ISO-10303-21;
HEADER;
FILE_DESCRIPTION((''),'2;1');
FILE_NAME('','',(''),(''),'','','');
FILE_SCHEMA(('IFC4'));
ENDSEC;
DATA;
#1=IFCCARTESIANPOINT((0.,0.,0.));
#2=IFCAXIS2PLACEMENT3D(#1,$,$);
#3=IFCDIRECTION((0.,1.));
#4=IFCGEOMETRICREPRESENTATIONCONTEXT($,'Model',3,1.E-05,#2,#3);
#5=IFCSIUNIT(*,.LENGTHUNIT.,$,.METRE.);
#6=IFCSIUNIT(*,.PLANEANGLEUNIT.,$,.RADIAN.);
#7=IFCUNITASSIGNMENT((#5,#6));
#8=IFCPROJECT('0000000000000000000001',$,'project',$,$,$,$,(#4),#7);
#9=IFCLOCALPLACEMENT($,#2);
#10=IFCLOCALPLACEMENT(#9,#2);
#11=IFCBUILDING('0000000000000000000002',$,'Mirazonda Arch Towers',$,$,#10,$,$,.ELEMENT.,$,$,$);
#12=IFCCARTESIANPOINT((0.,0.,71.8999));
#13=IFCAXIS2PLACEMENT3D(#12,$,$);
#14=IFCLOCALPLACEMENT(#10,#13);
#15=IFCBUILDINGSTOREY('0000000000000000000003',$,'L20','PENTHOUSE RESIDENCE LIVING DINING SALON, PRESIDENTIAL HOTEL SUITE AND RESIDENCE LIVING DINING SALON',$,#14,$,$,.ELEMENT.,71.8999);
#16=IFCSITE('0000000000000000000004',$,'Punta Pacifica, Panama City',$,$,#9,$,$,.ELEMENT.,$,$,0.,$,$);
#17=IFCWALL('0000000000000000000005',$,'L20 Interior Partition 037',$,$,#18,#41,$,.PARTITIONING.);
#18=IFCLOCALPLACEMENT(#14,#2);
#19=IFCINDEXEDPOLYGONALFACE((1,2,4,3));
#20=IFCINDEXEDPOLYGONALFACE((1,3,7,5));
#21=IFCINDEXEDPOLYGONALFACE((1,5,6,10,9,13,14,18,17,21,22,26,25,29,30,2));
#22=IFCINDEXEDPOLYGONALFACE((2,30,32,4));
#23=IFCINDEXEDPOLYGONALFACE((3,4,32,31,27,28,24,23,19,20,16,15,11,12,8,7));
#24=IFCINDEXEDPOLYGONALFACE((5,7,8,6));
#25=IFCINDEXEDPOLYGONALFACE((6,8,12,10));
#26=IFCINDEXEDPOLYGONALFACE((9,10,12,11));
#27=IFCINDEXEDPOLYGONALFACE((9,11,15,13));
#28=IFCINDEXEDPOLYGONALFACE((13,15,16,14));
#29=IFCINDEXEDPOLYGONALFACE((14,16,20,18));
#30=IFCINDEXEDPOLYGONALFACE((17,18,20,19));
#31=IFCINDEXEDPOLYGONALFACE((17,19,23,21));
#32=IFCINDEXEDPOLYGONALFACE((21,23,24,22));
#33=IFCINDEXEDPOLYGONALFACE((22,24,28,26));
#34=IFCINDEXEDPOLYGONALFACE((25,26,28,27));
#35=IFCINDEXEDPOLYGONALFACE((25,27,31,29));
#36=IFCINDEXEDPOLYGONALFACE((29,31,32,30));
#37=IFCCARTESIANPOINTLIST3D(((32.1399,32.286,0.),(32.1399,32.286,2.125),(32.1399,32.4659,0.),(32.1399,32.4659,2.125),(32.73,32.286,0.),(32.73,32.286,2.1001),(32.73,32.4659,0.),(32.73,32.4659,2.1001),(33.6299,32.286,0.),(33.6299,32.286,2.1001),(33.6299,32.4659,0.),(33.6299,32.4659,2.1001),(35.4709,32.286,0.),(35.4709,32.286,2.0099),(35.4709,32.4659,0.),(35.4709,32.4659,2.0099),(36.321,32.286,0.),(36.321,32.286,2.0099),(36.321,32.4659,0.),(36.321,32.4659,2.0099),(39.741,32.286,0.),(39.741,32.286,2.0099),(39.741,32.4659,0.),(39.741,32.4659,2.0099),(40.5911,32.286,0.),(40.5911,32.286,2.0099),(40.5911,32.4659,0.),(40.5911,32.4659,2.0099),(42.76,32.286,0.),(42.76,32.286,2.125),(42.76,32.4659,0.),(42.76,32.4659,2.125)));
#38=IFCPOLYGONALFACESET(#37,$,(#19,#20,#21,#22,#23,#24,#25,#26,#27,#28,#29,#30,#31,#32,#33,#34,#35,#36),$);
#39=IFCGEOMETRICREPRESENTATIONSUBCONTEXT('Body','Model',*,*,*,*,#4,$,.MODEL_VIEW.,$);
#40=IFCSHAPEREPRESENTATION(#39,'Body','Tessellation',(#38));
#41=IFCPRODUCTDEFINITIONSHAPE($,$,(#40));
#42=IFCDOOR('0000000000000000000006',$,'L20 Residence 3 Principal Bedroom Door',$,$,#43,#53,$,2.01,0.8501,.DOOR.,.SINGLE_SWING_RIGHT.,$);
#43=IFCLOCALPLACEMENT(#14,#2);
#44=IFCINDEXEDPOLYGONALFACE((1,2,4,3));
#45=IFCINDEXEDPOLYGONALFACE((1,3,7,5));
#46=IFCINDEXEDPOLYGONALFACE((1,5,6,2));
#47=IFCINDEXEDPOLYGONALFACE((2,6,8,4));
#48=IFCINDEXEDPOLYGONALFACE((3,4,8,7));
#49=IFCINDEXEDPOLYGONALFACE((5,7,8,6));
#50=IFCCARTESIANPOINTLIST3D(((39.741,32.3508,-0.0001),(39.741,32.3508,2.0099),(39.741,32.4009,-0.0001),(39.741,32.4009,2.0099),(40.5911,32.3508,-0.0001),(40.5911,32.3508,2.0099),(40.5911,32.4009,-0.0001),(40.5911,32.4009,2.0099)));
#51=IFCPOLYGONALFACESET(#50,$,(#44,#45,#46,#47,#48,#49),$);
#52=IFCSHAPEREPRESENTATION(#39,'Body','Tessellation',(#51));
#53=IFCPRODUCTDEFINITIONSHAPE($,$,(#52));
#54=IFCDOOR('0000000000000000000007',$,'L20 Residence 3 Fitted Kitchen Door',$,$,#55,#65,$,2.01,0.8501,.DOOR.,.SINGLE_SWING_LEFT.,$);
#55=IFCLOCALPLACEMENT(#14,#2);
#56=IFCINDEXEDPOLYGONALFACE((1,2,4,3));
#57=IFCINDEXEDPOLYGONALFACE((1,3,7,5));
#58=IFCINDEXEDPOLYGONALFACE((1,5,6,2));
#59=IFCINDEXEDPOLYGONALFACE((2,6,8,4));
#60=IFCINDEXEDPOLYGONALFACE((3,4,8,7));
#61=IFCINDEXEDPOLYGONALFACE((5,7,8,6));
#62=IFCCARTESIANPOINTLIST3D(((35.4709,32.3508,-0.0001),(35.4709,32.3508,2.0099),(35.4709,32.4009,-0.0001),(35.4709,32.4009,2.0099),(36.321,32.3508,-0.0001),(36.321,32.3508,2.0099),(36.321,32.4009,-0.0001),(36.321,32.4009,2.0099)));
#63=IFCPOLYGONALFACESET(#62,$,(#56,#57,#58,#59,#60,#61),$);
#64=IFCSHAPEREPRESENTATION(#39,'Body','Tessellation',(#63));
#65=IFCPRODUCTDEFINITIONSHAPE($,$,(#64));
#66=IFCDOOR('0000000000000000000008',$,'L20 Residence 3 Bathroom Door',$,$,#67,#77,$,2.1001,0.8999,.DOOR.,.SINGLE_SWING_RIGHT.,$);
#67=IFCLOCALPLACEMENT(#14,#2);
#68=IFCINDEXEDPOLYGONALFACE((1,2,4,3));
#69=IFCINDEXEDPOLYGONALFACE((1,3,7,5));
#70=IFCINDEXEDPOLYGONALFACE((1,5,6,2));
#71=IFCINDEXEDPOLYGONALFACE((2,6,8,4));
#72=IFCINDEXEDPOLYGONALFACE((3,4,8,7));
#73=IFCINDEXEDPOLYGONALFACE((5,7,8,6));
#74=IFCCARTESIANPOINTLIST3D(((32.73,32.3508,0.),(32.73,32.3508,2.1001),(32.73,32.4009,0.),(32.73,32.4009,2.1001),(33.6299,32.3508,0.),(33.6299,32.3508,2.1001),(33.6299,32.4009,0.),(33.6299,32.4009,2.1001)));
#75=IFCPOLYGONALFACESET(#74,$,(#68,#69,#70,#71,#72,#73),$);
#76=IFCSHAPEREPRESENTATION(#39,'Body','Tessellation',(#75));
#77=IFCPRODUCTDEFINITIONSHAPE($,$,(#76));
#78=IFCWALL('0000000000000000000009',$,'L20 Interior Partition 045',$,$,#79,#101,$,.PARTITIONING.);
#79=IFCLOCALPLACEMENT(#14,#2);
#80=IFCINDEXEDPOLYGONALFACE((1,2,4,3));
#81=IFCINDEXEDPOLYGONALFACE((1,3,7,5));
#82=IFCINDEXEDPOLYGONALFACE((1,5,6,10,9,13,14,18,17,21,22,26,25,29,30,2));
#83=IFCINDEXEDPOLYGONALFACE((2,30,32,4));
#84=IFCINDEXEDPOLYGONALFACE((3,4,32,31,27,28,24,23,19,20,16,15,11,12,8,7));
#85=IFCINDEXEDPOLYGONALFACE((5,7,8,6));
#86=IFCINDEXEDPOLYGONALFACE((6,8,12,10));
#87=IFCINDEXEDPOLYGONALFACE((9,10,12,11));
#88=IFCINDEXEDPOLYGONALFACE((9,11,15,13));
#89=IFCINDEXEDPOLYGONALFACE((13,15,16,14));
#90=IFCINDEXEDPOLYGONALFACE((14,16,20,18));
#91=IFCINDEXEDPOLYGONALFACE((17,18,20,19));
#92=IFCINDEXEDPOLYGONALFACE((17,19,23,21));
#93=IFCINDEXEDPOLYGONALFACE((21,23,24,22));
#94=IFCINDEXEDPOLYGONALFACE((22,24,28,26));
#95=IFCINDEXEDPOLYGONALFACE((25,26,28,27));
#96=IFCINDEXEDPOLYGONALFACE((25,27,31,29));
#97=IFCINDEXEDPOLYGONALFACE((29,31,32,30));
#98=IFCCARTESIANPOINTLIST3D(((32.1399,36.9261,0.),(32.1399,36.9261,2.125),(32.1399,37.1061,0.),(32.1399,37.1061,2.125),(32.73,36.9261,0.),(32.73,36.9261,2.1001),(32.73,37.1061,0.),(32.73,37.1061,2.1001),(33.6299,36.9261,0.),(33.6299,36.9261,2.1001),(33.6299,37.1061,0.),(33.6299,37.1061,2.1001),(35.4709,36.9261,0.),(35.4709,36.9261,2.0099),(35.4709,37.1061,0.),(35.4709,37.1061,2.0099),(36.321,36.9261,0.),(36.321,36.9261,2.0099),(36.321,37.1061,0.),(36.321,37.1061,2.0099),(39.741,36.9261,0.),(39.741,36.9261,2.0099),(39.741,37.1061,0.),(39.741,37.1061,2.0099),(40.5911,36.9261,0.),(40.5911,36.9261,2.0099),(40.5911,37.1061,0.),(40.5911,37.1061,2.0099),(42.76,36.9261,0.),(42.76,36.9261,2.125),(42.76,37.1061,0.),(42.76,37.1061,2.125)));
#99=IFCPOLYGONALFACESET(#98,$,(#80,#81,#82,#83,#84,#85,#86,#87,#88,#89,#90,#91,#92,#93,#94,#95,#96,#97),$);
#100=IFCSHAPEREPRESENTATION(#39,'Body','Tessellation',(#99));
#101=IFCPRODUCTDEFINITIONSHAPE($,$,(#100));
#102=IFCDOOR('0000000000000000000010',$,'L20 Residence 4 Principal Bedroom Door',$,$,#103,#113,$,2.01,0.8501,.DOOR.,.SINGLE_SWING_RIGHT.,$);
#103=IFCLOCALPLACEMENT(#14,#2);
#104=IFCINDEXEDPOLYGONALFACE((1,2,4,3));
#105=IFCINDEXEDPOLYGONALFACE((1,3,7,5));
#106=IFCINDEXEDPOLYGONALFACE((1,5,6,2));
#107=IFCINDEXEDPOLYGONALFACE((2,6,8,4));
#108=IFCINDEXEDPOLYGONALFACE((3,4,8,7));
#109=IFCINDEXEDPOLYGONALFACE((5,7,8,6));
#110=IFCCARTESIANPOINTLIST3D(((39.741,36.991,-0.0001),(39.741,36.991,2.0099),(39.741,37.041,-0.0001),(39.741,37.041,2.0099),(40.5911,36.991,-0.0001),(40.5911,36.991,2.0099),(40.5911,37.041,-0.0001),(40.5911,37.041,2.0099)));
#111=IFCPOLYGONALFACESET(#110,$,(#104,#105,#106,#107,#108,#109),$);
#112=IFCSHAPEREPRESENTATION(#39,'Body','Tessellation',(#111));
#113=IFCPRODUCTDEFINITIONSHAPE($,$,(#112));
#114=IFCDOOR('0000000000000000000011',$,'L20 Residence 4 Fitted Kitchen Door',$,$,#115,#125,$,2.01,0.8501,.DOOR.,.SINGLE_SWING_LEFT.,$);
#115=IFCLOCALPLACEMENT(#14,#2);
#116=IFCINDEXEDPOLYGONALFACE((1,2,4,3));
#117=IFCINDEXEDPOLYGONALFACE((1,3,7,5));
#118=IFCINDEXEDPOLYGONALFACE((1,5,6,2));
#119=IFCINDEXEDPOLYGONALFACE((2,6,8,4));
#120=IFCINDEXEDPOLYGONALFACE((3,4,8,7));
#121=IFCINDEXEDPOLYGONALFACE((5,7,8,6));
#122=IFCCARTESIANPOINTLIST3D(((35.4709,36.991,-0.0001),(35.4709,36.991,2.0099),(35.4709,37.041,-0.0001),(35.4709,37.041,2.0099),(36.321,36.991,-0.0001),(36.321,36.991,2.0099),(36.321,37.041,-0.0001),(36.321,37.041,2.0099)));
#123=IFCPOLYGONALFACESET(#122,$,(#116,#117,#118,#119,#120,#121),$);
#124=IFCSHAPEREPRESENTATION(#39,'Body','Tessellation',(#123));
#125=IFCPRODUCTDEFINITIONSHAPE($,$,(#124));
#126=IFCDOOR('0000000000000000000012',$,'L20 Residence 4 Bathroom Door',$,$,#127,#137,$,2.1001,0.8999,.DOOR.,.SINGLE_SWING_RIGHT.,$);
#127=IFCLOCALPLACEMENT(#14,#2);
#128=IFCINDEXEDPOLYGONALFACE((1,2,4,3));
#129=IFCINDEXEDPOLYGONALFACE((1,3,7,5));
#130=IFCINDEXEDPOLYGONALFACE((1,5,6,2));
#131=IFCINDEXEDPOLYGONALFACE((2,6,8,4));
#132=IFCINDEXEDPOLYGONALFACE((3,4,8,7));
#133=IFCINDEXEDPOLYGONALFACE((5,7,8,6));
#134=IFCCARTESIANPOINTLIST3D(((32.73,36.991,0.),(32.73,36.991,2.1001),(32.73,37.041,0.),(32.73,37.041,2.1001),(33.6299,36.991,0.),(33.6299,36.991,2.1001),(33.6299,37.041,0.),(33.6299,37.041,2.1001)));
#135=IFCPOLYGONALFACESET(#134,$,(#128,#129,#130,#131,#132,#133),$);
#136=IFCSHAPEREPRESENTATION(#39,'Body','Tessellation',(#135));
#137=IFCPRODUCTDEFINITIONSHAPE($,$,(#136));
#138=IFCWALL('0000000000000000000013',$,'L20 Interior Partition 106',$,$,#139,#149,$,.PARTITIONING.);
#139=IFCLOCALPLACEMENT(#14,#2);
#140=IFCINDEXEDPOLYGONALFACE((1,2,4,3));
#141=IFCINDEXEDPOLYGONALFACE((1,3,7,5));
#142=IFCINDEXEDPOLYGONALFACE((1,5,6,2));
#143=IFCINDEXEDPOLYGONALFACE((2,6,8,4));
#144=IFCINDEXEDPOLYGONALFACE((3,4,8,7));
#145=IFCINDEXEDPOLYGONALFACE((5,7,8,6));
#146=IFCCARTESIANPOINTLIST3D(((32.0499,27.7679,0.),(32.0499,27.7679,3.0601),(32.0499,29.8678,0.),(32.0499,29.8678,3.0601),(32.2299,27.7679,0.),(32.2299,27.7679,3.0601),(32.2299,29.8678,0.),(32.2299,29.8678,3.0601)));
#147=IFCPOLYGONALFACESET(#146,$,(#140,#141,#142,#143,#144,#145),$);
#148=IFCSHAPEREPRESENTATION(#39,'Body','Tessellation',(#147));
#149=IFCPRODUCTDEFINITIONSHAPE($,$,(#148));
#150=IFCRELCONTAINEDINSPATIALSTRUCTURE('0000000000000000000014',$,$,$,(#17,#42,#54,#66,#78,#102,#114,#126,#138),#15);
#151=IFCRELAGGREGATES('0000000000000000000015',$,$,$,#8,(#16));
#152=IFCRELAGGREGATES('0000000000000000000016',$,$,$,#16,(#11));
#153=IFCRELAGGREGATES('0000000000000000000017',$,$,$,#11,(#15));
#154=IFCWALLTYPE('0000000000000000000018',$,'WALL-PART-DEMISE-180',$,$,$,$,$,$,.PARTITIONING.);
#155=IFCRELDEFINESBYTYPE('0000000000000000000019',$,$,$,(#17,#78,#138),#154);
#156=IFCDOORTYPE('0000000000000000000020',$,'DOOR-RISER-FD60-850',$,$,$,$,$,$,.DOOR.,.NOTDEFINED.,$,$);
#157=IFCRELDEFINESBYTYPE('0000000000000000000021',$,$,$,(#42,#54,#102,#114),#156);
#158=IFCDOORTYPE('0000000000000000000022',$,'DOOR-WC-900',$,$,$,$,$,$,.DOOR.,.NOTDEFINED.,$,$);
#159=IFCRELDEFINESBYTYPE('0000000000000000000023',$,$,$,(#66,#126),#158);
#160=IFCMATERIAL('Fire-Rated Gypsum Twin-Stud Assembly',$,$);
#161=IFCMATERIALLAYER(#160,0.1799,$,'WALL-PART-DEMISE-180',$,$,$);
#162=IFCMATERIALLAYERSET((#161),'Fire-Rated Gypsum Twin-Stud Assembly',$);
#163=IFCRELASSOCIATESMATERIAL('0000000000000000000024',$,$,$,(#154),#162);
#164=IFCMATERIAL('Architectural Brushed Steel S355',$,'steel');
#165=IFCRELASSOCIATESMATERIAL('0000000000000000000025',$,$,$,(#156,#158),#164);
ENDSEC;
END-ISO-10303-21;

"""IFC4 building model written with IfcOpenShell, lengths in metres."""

from ifc_helpers import new_model, si_unit, direction, frame, frame_2d, origin, place, context, subcontext, project, spatial, rectangle, extrude, material, layer, layer_set, type_object, element, fill, save


model = new_model("IFC4")

# Units and contexts
model_context = context("Model", 3, precision=1e-05, world=origin(), true_north=direction((0.0, 1.0)))
body_context = subcontext(model_context, "Body", "Model", "MODEL_VIEW")
ifc_project = project(units=[si_unit("LENGTHUNIT", "METRE"), si_unit("PLANEANGLEUNIT", "RADIAN")], contexts=[model_context])

# Site, building, storey
site_placement = place(None, origin())
site = spatial("IfcSite", under=ifc_project, at=site_placement, Name="Punta Pacifica, Panama City", CompositionType="ELEMENT", RefElevation=0.0)
building_placement = place(site_placement, origin())
building = spatial("IfcBuilding", under=site, at=building_placement, Name="Mirazonda Arch Towers", CompositionType="ELEMENT")
storey_placement = place(building_placement, frame((0.0, 0.0, 71.8999)))
storey = spatial("IfcBuildingStorey", under=building, at=storey_placement, Name="L20", Description="PENTHOUSE RESIDENCE LIVING DINING SALON, PRESIDENTIAL HOTEL SUITE AND RESIDENCE LIVING DINING SALON", CompositionType="ELEMENT", Elevation=71.8999)

# Shared definitions
ifc_material_1 = material(Name="Fire-Rated Gypsum Twin-Stud Assembly")
ifc_layer_1 = layer(ifc_material_1, 0.1799, Name="WALL-PART-DEMISE-180")
ifc_layer_set_1 = layer_set([ifc_layer_1], Name="Fire-Rated Gypsum Twin-Stud Assembly")
wall_type_1 = type_object("IfcWallType", Name="WALL-PART-DEMISE-180", PredefinedType="PARTITIONING", material=ifc_layer_set_1)
ifc_material_2 = material(Name="Architectural Brushed Steel S355", Category="steel")
door_type_1 = type_object("IfcDoorType", Name="DOOR-RISER-FD60-850", OperationType="NOTDEFINED", PredefinedType="DOOR", material=ifc_material_2)
door_type_2 = type_object("IfcDoorType", Name="DOOR-WC-900", OperationType="NOTDEFINED", PredefinedType="DOOR", material=ifc_material_2)

# Walls, openings, doors
wall_1_placement = place(storey_placement, frame((32.1399, 32.376, 0.0), z_axis=(0.0, 0.0, 1.0), x_axis=(1.0, 0.0, 0.0)))
wall_1 = element("IfcWall", 1, at=wall_1_placement, inside=storey, type_object=wall_type_1, Name="L20 Interior Partition 037", PredefinedType="PARTITIONING", context=body_context, shape_type="SweptSolid", body=[
    extrude(rectangle(XDim=10.6201, YDim=0.1799, at=frame_2d((5.3101, 0.0))), origin(), (0.0, 0.0, 1.0), 2.125),
])
opening_1_placement = place(wall_1_placement, frame((7.6011, 0.0, 0.0)))
opening_1 = element("IfcOpeningElement", 2, at=opening_1_placement, cuts=wall_1, PredefinedType="OPENING", context=body_context, shape_type="SweptSolid", body=[
    extrude(rectangle(XDim=0.8501, YDim=2.01, at=frame_2d((0.425, 1.0049))), frame((0.0, 0.0999, 0.0), z_axis=(0.0, -1.0, 0.0), x_axis=(1.0, 0.0, 0.0)), (0.0, 0.0, 1.0), 0.2),
])
opening_2_placement = place(wall_1_placement, frame((3.3311, 0.0, 0.0)))
opening_2 = element("IfcOpeningElement", 3, at=opening_2_placement, cuts=wall_1, PredefinedType="OPENING", context=body_context, shape_type="SweptSolid", body=[
    extrude(rectangle(XDim=0.8501, YDim=2.01, at=frame_2d((0.425, 1.0049))), frame((0.0, 0.0999, 0.0), z_axis=(0.0, -1.0, 0.0), x_axis=(1.0, 0.0, 0.0)), (0.0, 0.0, 1.0), 0.2),
])
opening_3_placement = place(wall_1_placement, frame((0.5901, 0.0, 0.0)))
opening_3 = element("IfcOpeningElement", 4, at=opening_3_placement, cuts=wall_1, PredefinedType="OPENING", context=body_context, shape_type="SweptSolid", body=[
    extrude(rectangle(XDim=0.8999, YDim=2.1001, at=frame_2d((0.45, 1.05))), frame((0.0, 0.0999, 0.0), z_axis=(0.0, -1.0, 0.0), x_axis=(1.0, 0.0, 0.0)), (0.0, 0.0, 1.0), 0.2),
])
door_1_placement = place(opening_1_placement, origin())
door_1 = element("IfcDoor", 5, at=door_1_placement, inside=storey, type_object=door_type_1, Name="L20 Residence 3 Principal Bedroom Door", OperationType="SINGLE_SWING_RIGHT", OverallHeight=2.01, OverallWidth=0.8501, PredefinedType="DOOR", context=body_context, shape_type="SweptSolid", body=[
    extrude(rectangle(XDim=0.8501, YDim=2.01, at=frame_2d((0.425, 1.0049))), frame((0.0, 0.0249, 0.0), z_axis=(0.0, -1.0, 0.0), x_axis=(1.0, 0.0, 0.0)), (0.0, 0.0, 1.0), 0.05),
])
fill(opening_1, door_1)
door_2_placement = place(opening_2_placement, origin())
door_2 = element("IfcDoor", 6, at=door_2_placement, inside=storey, type_object=door_type_1, Name="L20 Residence 3 Fitted Kitchen Door", OperationType="SINGLE_SWING_LEFT", OverallHeight=2.01, OverallWidth=0.8501, PredefinedType="DOOR", context=body_context, shape_type="SweptSolid", body=[
    extrude(rectangle(XDim=0.8501, YDim=2.01, at=frame_2d((0.425, 1.0049))), frame((0.0, 0.0249, 0.0), z_axis=(0.0, -1.0, 0.0), x_axis=(1.0, 0.0, 0.0)), (0.0, 0.0, 1.0), 0.05),
])
fill(opening_2, door_2)
door_3_placement = place(opening_3_placement, origin())
door_3 = element("IfcDoor", 7, at=door_3_placement, inside=storey, type_object=door_type_2, Name="L20 Residence 3 Bathroom Door", OperationType="SINGLE_SWING_RIGHT", OverallHeight=2.1001, OverallWidth=0.8999, PredefinedType="DOOR", context=body_context, shape_type="SweptSolid", body=[
    extrude(rectangle(XDim=0.8999, YDim=2.1001, at=frame_2d((0.45, 1.05))), frame((0.0, 0.0249, 0.0), z_axis=(0.0, -1.0, 0.0), x_axis=(1.0, 0.0, 0.0)), (0.0, 0.0, 1.0), 0.05),
])
fill(opening_3, door_3)
wall_2_placement = place(storey_placement, frame((32.1399, 37.0161, 0.0), z_axis=(0.0, 0.0, 1.0), x_axis=(1.0, 0.0, 0.0)))
wall_2 = element("IfcWall", 8, at=wall_2_placement, inside=storey, type_object=wall_type_1, Name="L20 Interior Partition 045", PredefinedType="PARTITIONING", context=body_context, shape_type="SweptSolid", body=[
    extrude(rectangle(XDim=10.6201, YDim=0.1799, at=frame_2d((5.3101, 0.0))), origin(), (0.0, 0.0, 1.0), 2.125),
])
opening_4_placement = place(wall_2_placement, frame((7.6011, 0.0, 0.0)))
opening_4 = element("IfcOpeningElement", 9, at=opening_4_placement, cuts=wall_2, PredefinedType="OPENING", context=body_context, shape_type="SweptSolid", body=[
    extrude(rectangle(XDim=0.8501, YDim=2.01, at=frame_2d((0.425, 1.0049))), frame((0.0, 0.0999, 0.0), z_axis=(0.0, -1.0, 0.0), x_axis=(1.0, 0.0, 0.0)), (0.0, 0.0, 1.0), 0.2),
])
opening_5_placement = place(wall_2_placement, frame((3.3311, 0.0, 0.0)))
opening_5 = element("IfcOpeningElement", 10, at=opening_5_placement, cuts=wall_2, PredefinedType="OPENING", context=body_context, shape_type="SweptSolid", body=[
    extrude(rectangle(XDim=0.8501, YDim=2.01, at=frame_2d((0.425, 1.0049))), frame((0.0, 0.0999, 0.0), z_axis=(0.0, -1.0, 0.0), x_axis=(1.0, 0.0, 0.0)), (0.0, 0.0, 1.0), 0.2),
])
opening_6_placement = place(wall_2_placement, frame((0.5901, 0.0, 0.0)))
opening_6 = element("IfcOpeningElement", 11, at=opening_6_placement, cuts=wall_2, PredefinedType="OPENING", context=body_context, shape_type="SweptSolid", body=[
    extrude(rectangle(XDim=0.8999, YDim=2.1001, at=frame_2d((0.45, 1.05))), frame((0.0, 0.0999, 0.0), z_axis=(0.0, -1.0, 0.0), x_axis=(1.0, 0.0, 0.0)), (0.0, 0.0, 1.0), 0.2),
])
door_4_placement = place(opening_4_placement, origin())
door_4 = element("IfcDoor", 12, at=door_4_placement, inside=storey, type_object=door_type_1, Name="L20 Residence 4 Principal Bedroom Door", OperationType="SINGLE_SWING_RIGHT", OverallHeight=2.01, OverallWidth=0.8501, PredefinedType="DOOR", context=body_context, shape_type="SweptSolid", body=[
    extrude(rectangle(XDim=0.8501, YDim=2.01, at=frame_2d((0.425, 1.0049))), frame((0.0, 0.0249, 0.0), z_axis=(0.0, -1.0, 0.0), x_axis=(1.0, 0.0, 0.0)), (0.0, 0.0, 1.0), 0.05),
])
fill(opening_4, door_4)
door_5_placement = place(opening_5_placement, origin())
door_5 = element("IfcDoor", 13, at=door_5_placement, inside=storey, type_object=door_type_1, Name="L20 Residence 4 Fitted Kitchen Door", OperationType="SINGLE_SWING_LEFT", OverallHeight=2.01, OverallWidth=0.8501, PredefinedType="DOOR", context=body_context, shape_type="SweptSolid", body=[
    extrude(rectangle(XDim=0.8501, YDim=2.01, at=frame_2d((0.425, 1.0049))), frame((0.0, 0.0249, 0.0), z_axis=(0.0, -1.0, 0.0), x_axis=(1.0, 0.0, 0.0)), (0.0, 0.0, 1.0), 0.05),
])
fill(opening_5, door_5)
door_6_placement = place(opening_6_placement, origin())
door_6 = element("IfcDoor", 14, at=door_6_placement, inside=storey, type_object=door_type_2, Name="L20 Residence 4 Bathroom Door", OperationType="SINGLE_SWING_RIGHT", OverallHeight=2.1001, OverallWidth=0.8999, PredefinedType="DOOR", context=body_context, shape_type="SweptSolid", body=[
    extrude(rectangle(XDim=0.8999, YDim=2.1001, at=frame_2d((0.45, 1.05))), frame((0.0, 0.0249, 0.0), z_axis=(0.0, -1.0, 0.0), x_axis=(1.0, 0.0, 0.0)), (0.0, 0.0, 1.0), 0.05),
])
fill(opening_6, door_6)

# Wall
wall_3_placement = place(storey_placement, frame((32.1399, 27.7681, 0.0), z_axis=(0.0, 0.0, 1.0), x_axis=(0.0, 1.0, 0.0)))
element("IfcWall", 15, at=wall_3_placement, inside=storey, type_object=wall_type_1, Name="L20 Interior Partition 106", PredefinedType="PARTITIONING", context=body_context, shape_type="SweptSolid", body=[
    extrude(rectangle(XDim=2.0999, YDim=0.1799, at=frame_2d((1.0498, 0.0))), origin(), (0.0, 0.0, 1.0), 3.0601),
])

save(model, "model.ifc")
